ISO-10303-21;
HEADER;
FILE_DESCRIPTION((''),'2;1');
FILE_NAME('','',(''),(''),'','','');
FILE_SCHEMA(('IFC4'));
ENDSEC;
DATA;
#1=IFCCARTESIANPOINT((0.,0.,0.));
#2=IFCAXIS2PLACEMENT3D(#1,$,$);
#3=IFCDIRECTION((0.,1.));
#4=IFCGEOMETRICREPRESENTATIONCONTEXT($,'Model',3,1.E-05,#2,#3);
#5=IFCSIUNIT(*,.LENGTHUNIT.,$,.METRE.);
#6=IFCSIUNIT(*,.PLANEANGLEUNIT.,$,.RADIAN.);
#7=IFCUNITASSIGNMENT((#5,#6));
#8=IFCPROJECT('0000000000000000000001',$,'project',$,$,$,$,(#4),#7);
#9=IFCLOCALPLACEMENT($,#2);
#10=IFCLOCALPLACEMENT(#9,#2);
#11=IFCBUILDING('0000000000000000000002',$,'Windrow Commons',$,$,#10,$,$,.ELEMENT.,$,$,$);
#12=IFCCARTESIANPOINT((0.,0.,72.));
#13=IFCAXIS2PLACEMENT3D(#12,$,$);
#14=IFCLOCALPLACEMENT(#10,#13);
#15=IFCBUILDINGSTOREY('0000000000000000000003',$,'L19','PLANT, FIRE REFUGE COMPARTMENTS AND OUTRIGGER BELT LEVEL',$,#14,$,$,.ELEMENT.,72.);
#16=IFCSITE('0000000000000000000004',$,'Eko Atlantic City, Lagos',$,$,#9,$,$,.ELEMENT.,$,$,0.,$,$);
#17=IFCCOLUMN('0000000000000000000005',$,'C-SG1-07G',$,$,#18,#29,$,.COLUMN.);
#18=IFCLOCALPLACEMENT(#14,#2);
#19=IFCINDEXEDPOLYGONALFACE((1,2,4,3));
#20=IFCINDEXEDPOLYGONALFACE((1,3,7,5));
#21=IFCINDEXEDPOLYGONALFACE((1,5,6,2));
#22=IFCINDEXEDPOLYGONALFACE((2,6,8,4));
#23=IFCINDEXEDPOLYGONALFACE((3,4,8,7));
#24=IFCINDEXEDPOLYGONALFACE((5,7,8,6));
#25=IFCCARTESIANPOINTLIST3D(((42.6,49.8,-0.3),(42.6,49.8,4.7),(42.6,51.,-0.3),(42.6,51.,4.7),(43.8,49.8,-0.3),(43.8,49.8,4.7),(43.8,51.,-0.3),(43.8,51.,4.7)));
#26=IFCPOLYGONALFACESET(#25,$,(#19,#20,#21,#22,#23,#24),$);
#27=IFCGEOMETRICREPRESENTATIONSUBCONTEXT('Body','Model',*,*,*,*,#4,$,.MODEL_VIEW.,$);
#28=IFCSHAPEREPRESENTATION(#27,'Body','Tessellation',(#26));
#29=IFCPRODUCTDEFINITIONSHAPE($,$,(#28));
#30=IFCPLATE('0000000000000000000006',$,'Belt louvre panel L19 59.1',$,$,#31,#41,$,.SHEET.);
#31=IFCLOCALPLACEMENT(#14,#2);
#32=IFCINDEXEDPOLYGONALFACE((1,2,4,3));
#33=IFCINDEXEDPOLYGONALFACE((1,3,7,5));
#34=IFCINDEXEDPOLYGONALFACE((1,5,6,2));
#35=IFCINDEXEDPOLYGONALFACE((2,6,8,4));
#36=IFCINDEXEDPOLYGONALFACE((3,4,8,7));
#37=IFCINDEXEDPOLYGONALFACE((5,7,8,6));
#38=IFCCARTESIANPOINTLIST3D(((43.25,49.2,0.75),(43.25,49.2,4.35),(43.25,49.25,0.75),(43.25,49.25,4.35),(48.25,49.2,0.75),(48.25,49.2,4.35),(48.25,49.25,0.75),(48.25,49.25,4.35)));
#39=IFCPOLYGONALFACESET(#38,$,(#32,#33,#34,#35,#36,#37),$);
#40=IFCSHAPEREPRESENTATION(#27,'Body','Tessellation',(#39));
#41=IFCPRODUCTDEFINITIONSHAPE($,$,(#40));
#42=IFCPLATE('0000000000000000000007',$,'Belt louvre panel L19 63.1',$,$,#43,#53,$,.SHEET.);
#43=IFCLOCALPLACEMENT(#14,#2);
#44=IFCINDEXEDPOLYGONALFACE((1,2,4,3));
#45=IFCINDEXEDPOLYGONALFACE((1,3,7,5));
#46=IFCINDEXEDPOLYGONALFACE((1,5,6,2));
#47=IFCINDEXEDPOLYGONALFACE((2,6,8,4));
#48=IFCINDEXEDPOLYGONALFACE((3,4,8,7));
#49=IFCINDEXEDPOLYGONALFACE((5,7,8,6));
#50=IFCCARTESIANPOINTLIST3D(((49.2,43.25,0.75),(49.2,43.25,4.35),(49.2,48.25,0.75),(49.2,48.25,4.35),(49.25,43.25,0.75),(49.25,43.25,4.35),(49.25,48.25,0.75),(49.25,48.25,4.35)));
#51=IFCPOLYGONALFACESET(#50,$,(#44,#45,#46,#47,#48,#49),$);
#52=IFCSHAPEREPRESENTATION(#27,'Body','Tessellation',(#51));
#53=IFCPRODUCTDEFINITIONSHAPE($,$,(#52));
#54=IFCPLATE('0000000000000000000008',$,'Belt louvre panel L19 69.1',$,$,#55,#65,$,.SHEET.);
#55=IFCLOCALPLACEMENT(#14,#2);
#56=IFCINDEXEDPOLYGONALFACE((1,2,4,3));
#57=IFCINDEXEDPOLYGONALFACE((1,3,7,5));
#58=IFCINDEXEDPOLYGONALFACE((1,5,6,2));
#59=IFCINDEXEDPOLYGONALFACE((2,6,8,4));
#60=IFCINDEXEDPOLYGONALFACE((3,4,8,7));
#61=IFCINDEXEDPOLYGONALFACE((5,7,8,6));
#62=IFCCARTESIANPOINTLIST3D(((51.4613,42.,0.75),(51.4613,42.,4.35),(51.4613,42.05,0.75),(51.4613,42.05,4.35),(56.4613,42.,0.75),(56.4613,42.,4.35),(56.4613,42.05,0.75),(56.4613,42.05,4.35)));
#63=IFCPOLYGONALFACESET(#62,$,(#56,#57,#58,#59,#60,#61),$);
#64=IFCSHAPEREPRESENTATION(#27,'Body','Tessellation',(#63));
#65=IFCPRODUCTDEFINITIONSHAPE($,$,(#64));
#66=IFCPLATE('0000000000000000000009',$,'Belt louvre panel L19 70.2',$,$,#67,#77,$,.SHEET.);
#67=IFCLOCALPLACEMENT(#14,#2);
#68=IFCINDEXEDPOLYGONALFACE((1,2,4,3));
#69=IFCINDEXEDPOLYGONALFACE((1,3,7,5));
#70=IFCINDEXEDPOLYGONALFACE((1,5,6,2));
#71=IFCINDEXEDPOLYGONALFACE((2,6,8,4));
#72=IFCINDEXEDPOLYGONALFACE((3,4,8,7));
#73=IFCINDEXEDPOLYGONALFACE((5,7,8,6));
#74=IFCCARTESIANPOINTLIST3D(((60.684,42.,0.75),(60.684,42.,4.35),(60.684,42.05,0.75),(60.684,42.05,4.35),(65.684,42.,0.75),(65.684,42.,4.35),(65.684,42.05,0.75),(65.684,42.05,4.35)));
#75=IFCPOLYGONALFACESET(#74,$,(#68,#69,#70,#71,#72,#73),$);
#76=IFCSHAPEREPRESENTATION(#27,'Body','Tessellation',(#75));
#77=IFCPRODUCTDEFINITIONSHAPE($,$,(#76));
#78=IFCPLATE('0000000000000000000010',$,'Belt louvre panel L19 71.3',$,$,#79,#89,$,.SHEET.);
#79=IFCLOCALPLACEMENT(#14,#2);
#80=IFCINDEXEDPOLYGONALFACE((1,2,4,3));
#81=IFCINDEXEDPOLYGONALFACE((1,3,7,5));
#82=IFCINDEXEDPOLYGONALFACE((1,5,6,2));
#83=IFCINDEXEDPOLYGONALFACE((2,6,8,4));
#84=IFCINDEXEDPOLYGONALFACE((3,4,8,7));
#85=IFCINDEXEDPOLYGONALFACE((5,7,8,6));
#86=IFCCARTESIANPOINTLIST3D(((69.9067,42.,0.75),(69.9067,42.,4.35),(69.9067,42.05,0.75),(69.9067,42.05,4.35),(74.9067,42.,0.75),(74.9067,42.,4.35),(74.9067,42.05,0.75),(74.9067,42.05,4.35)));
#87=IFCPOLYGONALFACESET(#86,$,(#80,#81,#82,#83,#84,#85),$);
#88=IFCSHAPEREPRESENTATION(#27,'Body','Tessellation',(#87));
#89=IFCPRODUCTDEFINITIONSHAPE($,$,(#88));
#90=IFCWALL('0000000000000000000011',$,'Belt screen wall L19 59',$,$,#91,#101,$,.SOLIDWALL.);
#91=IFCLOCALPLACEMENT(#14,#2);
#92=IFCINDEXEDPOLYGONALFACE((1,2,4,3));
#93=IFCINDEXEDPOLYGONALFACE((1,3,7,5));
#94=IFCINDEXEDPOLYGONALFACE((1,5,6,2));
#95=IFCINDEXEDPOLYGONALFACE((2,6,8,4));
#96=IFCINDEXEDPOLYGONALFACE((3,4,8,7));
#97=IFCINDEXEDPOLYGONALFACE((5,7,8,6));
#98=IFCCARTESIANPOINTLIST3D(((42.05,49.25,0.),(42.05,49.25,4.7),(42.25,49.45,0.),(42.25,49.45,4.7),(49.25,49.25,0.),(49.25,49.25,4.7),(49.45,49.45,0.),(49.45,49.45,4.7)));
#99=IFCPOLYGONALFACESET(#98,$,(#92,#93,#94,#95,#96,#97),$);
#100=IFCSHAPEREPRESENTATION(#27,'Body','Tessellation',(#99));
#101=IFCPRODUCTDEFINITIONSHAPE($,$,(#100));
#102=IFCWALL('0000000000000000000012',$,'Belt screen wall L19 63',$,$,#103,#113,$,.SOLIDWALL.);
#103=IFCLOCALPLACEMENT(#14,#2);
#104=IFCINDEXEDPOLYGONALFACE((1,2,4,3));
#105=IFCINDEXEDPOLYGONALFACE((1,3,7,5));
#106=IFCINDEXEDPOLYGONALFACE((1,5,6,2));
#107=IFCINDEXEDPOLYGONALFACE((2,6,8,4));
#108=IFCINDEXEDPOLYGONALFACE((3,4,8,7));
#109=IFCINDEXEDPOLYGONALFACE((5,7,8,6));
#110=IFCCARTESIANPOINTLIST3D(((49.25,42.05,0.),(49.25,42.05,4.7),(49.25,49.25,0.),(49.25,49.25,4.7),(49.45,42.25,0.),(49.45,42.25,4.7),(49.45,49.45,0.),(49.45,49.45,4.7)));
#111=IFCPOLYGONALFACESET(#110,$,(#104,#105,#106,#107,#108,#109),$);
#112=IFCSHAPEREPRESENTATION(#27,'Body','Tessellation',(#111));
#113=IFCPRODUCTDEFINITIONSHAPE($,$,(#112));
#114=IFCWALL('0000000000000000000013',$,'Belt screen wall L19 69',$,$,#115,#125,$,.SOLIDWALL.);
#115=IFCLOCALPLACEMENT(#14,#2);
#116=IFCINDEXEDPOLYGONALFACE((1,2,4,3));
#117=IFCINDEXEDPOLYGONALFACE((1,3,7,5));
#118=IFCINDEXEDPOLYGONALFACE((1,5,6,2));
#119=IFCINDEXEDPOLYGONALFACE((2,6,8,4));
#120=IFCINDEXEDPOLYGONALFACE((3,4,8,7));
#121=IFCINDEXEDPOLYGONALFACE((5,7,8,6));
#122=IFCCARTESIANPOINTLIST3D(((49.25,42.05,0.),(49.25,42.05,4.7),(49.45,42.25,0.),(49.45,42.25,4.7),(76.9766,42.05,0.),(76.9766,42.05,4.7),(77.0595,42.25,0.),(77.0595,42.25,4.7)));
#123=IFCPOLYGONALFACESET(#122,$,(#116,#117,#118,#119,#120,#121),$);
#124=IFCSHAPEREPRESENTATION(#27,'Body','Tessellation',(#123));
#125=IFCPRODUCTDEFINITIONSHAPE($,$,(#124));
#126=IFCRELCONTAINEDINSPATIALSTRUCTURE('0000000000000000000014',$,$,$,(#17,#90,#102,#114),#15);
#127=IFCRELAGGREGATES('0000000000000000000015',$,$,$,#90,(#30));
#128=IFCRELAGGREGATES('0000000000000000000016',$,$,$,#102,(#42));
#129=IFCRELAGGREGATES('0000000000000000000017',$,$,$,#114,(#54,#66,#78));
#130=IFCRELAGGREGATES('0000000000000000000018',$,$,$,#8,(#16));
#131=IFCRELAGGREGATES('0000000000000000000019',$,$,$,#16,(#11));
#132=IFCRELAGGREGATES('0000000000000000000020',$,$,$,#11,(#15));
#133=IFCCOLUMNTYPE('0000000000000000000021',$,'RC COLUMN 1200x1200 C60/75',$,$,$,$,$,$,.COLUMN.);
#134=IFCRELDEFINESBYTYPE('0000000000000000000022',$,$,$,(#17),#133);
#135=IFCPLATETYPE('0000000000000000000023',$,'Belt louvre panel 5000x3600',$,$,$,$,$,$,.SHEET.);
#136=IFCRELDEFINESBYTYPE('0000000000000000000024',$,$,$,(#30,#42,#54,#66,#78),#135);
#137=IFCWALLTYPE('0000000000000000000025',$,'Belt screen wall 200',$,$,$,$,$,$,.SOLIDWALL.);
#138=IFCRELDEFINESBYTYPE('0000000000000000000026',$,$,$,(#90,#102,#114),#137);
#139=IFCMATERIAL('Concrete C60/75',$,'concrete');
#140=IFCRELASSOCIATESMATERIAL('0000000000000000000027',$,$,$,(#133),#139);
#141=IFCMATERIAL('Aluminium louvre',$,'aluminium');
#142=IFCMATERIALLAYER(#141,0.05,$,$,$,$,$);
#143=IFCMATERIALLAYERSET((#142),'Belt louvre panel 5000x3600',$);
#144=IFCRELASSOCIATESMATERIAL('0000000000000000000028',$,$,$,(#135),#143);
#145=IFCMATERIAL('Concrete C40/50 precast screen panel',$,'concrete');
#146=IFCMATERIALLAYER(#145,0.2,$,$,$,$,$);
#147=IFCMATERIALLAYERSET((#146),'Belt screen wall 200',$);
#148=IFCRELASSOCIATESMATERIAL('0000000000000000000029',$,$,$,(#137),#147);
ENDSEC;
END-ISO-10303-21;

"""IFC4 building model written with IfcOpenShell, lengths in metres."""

from ifc_helpers import new_model, si_unit, direction, frame, origin, origin_2d, place, context, subcontext, project, spatial, polyline, rectangle, outline, extrude, material, layer, layer_set, material_profile, profile_set, type_object, element, aggregate, save


model = new_model("IFC4")

# Units and contexts
model_context = context("Model", 3, precision=1e-05, world=origin(), true_north=direction((0.0, 1.0)))
body_context = subcontext(model_context, "Body", "Model", "MODEL_VIEW")
ifc_project = project(units=[si_unit("LENGTHUNIT", "METRE"), si_unit("PLANEANGLEUNIT", "RADIAN")], contexts=[model_context])

# Site, building, storey
site_placement = place(None, origin())
site = spatial("IfcSite", under=ifc_project, at=site_placement, Name="Eko Atlantic City, Lagos", CompositionType="ELEMENT", RefElevation=0.0)
building_placement = place(site_placement, origin())
building = spatial("IfcBuilding", under=site, at=building_placement, Name="Windrow Commons", CompositionType="ELEMENT")
storey_placement = place(building_placement, frame((0.0, 0.0, 72.0)))
storey = spatial("IfcBuildingStorey", under=building, at=storey_placement, Name="L19", Description="PLANT, FIRE REFUGE COMPARTMENTS AND OUTRIGGER BELT LEVEL", CompositionType="ELEMENT", Elevation=72.0)

# Column
ifc_material_1 = material(Name="Concrete C60/75", Category="concrete")
ifc_material_profile = material_profile(ifc_material_1, rectangle(XDim=1.2, YDim=1.2, at=origin_2d()))
ifc_profile_set = profile_set([ifc_material_profile], Name="Concrete C60/75")
column_type = type_object("IfcColumnType", Name="RC COLUMN 1200x1200 C60/75", PredefinedType="COLUMN", material=ifc_profile_set)
column_placement = place(storey_placement, frame((43.2, 50.4, -0.3), z_axis=(0.0, 0.0, 1.0), x_axis=(1.0, 0.0, 0.0)))
element("IfcColumn", 1, at=column_placement, inside=storey, type_object=column_type, Name="C-SG1-07G", PredefinedType="COLUMN", context=body_context, shape_type="SweptSolid", body=[
    extrude(rectangle(XDim=1.2, YDim=1.2, at=origin_2d()), origin(), (0.0, 0.0, 1.0), 5.0),
])

# Plates
ifc_material_2 = material(Name="Aluminium louvre", Category="aluminium")
ifc_layer_1 = layer(ifc_material_2, 0.05)
ifc_layer_set_1 = layer_set([ifc_layer_1], Name="Belt louvre panel 5000x3600")
plate_type_1 = type_object("IfcPlateType", Name="Belt louvre panel 5000x3600", PredefinedType="SHEET", material=ifc_layer_set_1)
plate_1_placement = place(storey_placement, frame((43.25, 49.2, 0.75), z_axis=(0.0, -1.0, 0.0), x_axis=(1.0, 0.0, 0.0)))
plate_1 = element("IfcPlate", 2, at=plate_1_placement, type_object=plate_type_1, Name="Belt louvre panel L19 59.1", PredefinedType="SHEET", context=body_context, shape_type="SweptSolid", body=[
    extrude(outline(polyline([(0.0, 0.0), (5.0, 0.0), (5.0, 3.6), (0.0, 3.6), (0.0, 0.0)])), origin(), (0.0, 0.0, -1.0), 0.05),
])
plate_2_placement = place(storey_placement, frame((49.2, 48.25, 0.75), z_axis=(-1.0, 0.0, 0.0), x_axis=(0.0, -1.0, 0.0)))
plate_2 = element("IfcPlate", 3, at=plate_2_placement, type_object=plate_type_1, Name="Belt louvre panel L19 63.1", PredefinedType="SHEET", context=body_context, shape_type="SweptSolid", body=[
    extrude(outline(polyline([(0.0, 0.0), (5.0, 0.0), (5.0, 3.6), (0.0, 3.6), (0.0, 0.0)])), origin(), (0.0, 0.0, -1.0), 0.05),
])
plate_3_placement = place(storey_placement, frame((51.4613, 42.0, 0.75), z_axis=(0.0, -1.0, 0.0), x_axis=(1.0, 0.0, 0.0)))
plate_3 = element("IfcPlate", 4, at=plate_3_placement, type_object=plate_type_1, Name="Belt louvre panel L19 69.1", PredefinedType="SHEET", context=body_context, shape_type="SweptSolid", body=[
    extrude(outline(polyline([(0.0, 0.0), (5.0, 0.0), (5.0, 3.6), (0.0, 3.6), (0.0, 0.0)])), origin(), (0.0, 0.0, -1.0), 0.05),
])
plate_4_placement = place(storey_placement, frame((60.684, 42.0, 0.75), z_axis=(0.0, -1.0, 0.0), x_axis=(1.0, 0.0, 0.0)))
plate_4 = element("IfcPlate", 5, at=plate_4_placement, type_object=plate_type_1, Name="Belt louvre panel L19 70.2", PredefinedType="SHEET", context=body_context, shape_type="SweptSolid", body=[
    extrude(outline(polyline([(0.0, 0.0), (5.0, 0.0), (5.0, 3.6), (0.0, 3.6), (0.0, 0.0)])), origin(), (0.0, 0.0, -1.0), 0.05),
])
plate_5_placement = place(storey_placement, frame((69.9067, 42.0, 0.75), z_axis=(0.0, -1.0, 0.0), x_axis=(1.0, 0.0, 0.0)))
plate_5 = element("IfcPlate", 6, at=plate_5_placement, type_object=plate_type_1, Name="Belt louvre panel L19 71.3", PredefinedType="SHEET", context=body_context, shape_type="SweptSolid", body=[
    extrude(outline(polyline([(0.0, 0.0), (5.0, 0.0), (5.0, 3.6), (0.0, 3.6), (0.0, 0.0)])), origin(), (0.0, 0.0, -1.0), 0.05),
])

# Walls
ifc_material_3 = material(Name="Concrete C40/50 precast screen panel", Category="concrete")
ifc_layer_2 = layer(ifc_material_3, 0.2)
ifc_layer_set_2 = layer_set([ifc_layer_2], Name="Belt screen wall 200")
wall_type = type_object("IfcWallType", Name="Belt screen wall 200", PredefinedType="SOLIDWALL", material=ifc_layer_set_2)
wall_1_placement = place(storey_placement, frame((42.15, 49.35, 0.0), z_axis=(0.0, 0.0, 1.0), x_axis=(1.0, 0.0, 0.0)))
wall_1 = element("IfcWall", 7, at=wall_1_placement, inside=storey, type_object=wall_type, Name="Belt screen wall L19 59", PredefinedType="SOLIDWALL", context=body_context, shape_type="SweptSolid", body=[
    extrude(outline(polyline([(-0.1, -0.1), (7.1, -0.1), (7.3, 0.1), (0.1, 0.1), (-0.1, -0.1)])), origin(), (0.0, 0.0, 1.0), 4.7),
])
aggregate(wall_1, [plate_1])
wall_2_placement = place(storey_placement, frame((49.35, 49.35, 0.0), z_axis=(0.0, 0.0, 1.0), x_axis=(0.0, -1.0, 0.0)))
wall_2 = element("IfcWall", 8, at=wall_2_placement, inside=storey, type_object=wall_type, Name="Belt screen wall L19 63", PredefinedType="SOLIDWALL", context=body_context, shape_type="SweptSolid", body=[
    extrude(outline(polyline([(0.1, -0.1), (7.3, -0.1), (7.1, 0.1), (-0.1, 0.1), (0.1, -0.1)])), origin(), (0.0, 0.0, 1.0), 4.7),
])
aggregate(wall_2, [plate_2])
wall_3_placement = place(storey_placement, frame((49.35, 42.15, 0.0), z_axis=(0.0, 0.0, 1.0), x_axis=(1.0, 0.0, 0.0)))
wall_3 = element("IfcWall", 9, at=wall_3_placement, inside=storey, type_object=wall_type, Name="Belt screen wall L19 69", PredefinedType="SOLIDWALL", context=body_context, shape_type="SweptSolid", body=[
    extrude(outline(polyline([(-0.1, -0.1), (27.6266, -0.1), (27.7095, 0.1), (0.1, 0.1), (-0.1, -0.1)])), origin(), (0.0, 0.0, 1.0), 4.7),
])
aggregate(wall_3, [plate_3, plate_4, plate_5])

save(model, "model.ifc")
